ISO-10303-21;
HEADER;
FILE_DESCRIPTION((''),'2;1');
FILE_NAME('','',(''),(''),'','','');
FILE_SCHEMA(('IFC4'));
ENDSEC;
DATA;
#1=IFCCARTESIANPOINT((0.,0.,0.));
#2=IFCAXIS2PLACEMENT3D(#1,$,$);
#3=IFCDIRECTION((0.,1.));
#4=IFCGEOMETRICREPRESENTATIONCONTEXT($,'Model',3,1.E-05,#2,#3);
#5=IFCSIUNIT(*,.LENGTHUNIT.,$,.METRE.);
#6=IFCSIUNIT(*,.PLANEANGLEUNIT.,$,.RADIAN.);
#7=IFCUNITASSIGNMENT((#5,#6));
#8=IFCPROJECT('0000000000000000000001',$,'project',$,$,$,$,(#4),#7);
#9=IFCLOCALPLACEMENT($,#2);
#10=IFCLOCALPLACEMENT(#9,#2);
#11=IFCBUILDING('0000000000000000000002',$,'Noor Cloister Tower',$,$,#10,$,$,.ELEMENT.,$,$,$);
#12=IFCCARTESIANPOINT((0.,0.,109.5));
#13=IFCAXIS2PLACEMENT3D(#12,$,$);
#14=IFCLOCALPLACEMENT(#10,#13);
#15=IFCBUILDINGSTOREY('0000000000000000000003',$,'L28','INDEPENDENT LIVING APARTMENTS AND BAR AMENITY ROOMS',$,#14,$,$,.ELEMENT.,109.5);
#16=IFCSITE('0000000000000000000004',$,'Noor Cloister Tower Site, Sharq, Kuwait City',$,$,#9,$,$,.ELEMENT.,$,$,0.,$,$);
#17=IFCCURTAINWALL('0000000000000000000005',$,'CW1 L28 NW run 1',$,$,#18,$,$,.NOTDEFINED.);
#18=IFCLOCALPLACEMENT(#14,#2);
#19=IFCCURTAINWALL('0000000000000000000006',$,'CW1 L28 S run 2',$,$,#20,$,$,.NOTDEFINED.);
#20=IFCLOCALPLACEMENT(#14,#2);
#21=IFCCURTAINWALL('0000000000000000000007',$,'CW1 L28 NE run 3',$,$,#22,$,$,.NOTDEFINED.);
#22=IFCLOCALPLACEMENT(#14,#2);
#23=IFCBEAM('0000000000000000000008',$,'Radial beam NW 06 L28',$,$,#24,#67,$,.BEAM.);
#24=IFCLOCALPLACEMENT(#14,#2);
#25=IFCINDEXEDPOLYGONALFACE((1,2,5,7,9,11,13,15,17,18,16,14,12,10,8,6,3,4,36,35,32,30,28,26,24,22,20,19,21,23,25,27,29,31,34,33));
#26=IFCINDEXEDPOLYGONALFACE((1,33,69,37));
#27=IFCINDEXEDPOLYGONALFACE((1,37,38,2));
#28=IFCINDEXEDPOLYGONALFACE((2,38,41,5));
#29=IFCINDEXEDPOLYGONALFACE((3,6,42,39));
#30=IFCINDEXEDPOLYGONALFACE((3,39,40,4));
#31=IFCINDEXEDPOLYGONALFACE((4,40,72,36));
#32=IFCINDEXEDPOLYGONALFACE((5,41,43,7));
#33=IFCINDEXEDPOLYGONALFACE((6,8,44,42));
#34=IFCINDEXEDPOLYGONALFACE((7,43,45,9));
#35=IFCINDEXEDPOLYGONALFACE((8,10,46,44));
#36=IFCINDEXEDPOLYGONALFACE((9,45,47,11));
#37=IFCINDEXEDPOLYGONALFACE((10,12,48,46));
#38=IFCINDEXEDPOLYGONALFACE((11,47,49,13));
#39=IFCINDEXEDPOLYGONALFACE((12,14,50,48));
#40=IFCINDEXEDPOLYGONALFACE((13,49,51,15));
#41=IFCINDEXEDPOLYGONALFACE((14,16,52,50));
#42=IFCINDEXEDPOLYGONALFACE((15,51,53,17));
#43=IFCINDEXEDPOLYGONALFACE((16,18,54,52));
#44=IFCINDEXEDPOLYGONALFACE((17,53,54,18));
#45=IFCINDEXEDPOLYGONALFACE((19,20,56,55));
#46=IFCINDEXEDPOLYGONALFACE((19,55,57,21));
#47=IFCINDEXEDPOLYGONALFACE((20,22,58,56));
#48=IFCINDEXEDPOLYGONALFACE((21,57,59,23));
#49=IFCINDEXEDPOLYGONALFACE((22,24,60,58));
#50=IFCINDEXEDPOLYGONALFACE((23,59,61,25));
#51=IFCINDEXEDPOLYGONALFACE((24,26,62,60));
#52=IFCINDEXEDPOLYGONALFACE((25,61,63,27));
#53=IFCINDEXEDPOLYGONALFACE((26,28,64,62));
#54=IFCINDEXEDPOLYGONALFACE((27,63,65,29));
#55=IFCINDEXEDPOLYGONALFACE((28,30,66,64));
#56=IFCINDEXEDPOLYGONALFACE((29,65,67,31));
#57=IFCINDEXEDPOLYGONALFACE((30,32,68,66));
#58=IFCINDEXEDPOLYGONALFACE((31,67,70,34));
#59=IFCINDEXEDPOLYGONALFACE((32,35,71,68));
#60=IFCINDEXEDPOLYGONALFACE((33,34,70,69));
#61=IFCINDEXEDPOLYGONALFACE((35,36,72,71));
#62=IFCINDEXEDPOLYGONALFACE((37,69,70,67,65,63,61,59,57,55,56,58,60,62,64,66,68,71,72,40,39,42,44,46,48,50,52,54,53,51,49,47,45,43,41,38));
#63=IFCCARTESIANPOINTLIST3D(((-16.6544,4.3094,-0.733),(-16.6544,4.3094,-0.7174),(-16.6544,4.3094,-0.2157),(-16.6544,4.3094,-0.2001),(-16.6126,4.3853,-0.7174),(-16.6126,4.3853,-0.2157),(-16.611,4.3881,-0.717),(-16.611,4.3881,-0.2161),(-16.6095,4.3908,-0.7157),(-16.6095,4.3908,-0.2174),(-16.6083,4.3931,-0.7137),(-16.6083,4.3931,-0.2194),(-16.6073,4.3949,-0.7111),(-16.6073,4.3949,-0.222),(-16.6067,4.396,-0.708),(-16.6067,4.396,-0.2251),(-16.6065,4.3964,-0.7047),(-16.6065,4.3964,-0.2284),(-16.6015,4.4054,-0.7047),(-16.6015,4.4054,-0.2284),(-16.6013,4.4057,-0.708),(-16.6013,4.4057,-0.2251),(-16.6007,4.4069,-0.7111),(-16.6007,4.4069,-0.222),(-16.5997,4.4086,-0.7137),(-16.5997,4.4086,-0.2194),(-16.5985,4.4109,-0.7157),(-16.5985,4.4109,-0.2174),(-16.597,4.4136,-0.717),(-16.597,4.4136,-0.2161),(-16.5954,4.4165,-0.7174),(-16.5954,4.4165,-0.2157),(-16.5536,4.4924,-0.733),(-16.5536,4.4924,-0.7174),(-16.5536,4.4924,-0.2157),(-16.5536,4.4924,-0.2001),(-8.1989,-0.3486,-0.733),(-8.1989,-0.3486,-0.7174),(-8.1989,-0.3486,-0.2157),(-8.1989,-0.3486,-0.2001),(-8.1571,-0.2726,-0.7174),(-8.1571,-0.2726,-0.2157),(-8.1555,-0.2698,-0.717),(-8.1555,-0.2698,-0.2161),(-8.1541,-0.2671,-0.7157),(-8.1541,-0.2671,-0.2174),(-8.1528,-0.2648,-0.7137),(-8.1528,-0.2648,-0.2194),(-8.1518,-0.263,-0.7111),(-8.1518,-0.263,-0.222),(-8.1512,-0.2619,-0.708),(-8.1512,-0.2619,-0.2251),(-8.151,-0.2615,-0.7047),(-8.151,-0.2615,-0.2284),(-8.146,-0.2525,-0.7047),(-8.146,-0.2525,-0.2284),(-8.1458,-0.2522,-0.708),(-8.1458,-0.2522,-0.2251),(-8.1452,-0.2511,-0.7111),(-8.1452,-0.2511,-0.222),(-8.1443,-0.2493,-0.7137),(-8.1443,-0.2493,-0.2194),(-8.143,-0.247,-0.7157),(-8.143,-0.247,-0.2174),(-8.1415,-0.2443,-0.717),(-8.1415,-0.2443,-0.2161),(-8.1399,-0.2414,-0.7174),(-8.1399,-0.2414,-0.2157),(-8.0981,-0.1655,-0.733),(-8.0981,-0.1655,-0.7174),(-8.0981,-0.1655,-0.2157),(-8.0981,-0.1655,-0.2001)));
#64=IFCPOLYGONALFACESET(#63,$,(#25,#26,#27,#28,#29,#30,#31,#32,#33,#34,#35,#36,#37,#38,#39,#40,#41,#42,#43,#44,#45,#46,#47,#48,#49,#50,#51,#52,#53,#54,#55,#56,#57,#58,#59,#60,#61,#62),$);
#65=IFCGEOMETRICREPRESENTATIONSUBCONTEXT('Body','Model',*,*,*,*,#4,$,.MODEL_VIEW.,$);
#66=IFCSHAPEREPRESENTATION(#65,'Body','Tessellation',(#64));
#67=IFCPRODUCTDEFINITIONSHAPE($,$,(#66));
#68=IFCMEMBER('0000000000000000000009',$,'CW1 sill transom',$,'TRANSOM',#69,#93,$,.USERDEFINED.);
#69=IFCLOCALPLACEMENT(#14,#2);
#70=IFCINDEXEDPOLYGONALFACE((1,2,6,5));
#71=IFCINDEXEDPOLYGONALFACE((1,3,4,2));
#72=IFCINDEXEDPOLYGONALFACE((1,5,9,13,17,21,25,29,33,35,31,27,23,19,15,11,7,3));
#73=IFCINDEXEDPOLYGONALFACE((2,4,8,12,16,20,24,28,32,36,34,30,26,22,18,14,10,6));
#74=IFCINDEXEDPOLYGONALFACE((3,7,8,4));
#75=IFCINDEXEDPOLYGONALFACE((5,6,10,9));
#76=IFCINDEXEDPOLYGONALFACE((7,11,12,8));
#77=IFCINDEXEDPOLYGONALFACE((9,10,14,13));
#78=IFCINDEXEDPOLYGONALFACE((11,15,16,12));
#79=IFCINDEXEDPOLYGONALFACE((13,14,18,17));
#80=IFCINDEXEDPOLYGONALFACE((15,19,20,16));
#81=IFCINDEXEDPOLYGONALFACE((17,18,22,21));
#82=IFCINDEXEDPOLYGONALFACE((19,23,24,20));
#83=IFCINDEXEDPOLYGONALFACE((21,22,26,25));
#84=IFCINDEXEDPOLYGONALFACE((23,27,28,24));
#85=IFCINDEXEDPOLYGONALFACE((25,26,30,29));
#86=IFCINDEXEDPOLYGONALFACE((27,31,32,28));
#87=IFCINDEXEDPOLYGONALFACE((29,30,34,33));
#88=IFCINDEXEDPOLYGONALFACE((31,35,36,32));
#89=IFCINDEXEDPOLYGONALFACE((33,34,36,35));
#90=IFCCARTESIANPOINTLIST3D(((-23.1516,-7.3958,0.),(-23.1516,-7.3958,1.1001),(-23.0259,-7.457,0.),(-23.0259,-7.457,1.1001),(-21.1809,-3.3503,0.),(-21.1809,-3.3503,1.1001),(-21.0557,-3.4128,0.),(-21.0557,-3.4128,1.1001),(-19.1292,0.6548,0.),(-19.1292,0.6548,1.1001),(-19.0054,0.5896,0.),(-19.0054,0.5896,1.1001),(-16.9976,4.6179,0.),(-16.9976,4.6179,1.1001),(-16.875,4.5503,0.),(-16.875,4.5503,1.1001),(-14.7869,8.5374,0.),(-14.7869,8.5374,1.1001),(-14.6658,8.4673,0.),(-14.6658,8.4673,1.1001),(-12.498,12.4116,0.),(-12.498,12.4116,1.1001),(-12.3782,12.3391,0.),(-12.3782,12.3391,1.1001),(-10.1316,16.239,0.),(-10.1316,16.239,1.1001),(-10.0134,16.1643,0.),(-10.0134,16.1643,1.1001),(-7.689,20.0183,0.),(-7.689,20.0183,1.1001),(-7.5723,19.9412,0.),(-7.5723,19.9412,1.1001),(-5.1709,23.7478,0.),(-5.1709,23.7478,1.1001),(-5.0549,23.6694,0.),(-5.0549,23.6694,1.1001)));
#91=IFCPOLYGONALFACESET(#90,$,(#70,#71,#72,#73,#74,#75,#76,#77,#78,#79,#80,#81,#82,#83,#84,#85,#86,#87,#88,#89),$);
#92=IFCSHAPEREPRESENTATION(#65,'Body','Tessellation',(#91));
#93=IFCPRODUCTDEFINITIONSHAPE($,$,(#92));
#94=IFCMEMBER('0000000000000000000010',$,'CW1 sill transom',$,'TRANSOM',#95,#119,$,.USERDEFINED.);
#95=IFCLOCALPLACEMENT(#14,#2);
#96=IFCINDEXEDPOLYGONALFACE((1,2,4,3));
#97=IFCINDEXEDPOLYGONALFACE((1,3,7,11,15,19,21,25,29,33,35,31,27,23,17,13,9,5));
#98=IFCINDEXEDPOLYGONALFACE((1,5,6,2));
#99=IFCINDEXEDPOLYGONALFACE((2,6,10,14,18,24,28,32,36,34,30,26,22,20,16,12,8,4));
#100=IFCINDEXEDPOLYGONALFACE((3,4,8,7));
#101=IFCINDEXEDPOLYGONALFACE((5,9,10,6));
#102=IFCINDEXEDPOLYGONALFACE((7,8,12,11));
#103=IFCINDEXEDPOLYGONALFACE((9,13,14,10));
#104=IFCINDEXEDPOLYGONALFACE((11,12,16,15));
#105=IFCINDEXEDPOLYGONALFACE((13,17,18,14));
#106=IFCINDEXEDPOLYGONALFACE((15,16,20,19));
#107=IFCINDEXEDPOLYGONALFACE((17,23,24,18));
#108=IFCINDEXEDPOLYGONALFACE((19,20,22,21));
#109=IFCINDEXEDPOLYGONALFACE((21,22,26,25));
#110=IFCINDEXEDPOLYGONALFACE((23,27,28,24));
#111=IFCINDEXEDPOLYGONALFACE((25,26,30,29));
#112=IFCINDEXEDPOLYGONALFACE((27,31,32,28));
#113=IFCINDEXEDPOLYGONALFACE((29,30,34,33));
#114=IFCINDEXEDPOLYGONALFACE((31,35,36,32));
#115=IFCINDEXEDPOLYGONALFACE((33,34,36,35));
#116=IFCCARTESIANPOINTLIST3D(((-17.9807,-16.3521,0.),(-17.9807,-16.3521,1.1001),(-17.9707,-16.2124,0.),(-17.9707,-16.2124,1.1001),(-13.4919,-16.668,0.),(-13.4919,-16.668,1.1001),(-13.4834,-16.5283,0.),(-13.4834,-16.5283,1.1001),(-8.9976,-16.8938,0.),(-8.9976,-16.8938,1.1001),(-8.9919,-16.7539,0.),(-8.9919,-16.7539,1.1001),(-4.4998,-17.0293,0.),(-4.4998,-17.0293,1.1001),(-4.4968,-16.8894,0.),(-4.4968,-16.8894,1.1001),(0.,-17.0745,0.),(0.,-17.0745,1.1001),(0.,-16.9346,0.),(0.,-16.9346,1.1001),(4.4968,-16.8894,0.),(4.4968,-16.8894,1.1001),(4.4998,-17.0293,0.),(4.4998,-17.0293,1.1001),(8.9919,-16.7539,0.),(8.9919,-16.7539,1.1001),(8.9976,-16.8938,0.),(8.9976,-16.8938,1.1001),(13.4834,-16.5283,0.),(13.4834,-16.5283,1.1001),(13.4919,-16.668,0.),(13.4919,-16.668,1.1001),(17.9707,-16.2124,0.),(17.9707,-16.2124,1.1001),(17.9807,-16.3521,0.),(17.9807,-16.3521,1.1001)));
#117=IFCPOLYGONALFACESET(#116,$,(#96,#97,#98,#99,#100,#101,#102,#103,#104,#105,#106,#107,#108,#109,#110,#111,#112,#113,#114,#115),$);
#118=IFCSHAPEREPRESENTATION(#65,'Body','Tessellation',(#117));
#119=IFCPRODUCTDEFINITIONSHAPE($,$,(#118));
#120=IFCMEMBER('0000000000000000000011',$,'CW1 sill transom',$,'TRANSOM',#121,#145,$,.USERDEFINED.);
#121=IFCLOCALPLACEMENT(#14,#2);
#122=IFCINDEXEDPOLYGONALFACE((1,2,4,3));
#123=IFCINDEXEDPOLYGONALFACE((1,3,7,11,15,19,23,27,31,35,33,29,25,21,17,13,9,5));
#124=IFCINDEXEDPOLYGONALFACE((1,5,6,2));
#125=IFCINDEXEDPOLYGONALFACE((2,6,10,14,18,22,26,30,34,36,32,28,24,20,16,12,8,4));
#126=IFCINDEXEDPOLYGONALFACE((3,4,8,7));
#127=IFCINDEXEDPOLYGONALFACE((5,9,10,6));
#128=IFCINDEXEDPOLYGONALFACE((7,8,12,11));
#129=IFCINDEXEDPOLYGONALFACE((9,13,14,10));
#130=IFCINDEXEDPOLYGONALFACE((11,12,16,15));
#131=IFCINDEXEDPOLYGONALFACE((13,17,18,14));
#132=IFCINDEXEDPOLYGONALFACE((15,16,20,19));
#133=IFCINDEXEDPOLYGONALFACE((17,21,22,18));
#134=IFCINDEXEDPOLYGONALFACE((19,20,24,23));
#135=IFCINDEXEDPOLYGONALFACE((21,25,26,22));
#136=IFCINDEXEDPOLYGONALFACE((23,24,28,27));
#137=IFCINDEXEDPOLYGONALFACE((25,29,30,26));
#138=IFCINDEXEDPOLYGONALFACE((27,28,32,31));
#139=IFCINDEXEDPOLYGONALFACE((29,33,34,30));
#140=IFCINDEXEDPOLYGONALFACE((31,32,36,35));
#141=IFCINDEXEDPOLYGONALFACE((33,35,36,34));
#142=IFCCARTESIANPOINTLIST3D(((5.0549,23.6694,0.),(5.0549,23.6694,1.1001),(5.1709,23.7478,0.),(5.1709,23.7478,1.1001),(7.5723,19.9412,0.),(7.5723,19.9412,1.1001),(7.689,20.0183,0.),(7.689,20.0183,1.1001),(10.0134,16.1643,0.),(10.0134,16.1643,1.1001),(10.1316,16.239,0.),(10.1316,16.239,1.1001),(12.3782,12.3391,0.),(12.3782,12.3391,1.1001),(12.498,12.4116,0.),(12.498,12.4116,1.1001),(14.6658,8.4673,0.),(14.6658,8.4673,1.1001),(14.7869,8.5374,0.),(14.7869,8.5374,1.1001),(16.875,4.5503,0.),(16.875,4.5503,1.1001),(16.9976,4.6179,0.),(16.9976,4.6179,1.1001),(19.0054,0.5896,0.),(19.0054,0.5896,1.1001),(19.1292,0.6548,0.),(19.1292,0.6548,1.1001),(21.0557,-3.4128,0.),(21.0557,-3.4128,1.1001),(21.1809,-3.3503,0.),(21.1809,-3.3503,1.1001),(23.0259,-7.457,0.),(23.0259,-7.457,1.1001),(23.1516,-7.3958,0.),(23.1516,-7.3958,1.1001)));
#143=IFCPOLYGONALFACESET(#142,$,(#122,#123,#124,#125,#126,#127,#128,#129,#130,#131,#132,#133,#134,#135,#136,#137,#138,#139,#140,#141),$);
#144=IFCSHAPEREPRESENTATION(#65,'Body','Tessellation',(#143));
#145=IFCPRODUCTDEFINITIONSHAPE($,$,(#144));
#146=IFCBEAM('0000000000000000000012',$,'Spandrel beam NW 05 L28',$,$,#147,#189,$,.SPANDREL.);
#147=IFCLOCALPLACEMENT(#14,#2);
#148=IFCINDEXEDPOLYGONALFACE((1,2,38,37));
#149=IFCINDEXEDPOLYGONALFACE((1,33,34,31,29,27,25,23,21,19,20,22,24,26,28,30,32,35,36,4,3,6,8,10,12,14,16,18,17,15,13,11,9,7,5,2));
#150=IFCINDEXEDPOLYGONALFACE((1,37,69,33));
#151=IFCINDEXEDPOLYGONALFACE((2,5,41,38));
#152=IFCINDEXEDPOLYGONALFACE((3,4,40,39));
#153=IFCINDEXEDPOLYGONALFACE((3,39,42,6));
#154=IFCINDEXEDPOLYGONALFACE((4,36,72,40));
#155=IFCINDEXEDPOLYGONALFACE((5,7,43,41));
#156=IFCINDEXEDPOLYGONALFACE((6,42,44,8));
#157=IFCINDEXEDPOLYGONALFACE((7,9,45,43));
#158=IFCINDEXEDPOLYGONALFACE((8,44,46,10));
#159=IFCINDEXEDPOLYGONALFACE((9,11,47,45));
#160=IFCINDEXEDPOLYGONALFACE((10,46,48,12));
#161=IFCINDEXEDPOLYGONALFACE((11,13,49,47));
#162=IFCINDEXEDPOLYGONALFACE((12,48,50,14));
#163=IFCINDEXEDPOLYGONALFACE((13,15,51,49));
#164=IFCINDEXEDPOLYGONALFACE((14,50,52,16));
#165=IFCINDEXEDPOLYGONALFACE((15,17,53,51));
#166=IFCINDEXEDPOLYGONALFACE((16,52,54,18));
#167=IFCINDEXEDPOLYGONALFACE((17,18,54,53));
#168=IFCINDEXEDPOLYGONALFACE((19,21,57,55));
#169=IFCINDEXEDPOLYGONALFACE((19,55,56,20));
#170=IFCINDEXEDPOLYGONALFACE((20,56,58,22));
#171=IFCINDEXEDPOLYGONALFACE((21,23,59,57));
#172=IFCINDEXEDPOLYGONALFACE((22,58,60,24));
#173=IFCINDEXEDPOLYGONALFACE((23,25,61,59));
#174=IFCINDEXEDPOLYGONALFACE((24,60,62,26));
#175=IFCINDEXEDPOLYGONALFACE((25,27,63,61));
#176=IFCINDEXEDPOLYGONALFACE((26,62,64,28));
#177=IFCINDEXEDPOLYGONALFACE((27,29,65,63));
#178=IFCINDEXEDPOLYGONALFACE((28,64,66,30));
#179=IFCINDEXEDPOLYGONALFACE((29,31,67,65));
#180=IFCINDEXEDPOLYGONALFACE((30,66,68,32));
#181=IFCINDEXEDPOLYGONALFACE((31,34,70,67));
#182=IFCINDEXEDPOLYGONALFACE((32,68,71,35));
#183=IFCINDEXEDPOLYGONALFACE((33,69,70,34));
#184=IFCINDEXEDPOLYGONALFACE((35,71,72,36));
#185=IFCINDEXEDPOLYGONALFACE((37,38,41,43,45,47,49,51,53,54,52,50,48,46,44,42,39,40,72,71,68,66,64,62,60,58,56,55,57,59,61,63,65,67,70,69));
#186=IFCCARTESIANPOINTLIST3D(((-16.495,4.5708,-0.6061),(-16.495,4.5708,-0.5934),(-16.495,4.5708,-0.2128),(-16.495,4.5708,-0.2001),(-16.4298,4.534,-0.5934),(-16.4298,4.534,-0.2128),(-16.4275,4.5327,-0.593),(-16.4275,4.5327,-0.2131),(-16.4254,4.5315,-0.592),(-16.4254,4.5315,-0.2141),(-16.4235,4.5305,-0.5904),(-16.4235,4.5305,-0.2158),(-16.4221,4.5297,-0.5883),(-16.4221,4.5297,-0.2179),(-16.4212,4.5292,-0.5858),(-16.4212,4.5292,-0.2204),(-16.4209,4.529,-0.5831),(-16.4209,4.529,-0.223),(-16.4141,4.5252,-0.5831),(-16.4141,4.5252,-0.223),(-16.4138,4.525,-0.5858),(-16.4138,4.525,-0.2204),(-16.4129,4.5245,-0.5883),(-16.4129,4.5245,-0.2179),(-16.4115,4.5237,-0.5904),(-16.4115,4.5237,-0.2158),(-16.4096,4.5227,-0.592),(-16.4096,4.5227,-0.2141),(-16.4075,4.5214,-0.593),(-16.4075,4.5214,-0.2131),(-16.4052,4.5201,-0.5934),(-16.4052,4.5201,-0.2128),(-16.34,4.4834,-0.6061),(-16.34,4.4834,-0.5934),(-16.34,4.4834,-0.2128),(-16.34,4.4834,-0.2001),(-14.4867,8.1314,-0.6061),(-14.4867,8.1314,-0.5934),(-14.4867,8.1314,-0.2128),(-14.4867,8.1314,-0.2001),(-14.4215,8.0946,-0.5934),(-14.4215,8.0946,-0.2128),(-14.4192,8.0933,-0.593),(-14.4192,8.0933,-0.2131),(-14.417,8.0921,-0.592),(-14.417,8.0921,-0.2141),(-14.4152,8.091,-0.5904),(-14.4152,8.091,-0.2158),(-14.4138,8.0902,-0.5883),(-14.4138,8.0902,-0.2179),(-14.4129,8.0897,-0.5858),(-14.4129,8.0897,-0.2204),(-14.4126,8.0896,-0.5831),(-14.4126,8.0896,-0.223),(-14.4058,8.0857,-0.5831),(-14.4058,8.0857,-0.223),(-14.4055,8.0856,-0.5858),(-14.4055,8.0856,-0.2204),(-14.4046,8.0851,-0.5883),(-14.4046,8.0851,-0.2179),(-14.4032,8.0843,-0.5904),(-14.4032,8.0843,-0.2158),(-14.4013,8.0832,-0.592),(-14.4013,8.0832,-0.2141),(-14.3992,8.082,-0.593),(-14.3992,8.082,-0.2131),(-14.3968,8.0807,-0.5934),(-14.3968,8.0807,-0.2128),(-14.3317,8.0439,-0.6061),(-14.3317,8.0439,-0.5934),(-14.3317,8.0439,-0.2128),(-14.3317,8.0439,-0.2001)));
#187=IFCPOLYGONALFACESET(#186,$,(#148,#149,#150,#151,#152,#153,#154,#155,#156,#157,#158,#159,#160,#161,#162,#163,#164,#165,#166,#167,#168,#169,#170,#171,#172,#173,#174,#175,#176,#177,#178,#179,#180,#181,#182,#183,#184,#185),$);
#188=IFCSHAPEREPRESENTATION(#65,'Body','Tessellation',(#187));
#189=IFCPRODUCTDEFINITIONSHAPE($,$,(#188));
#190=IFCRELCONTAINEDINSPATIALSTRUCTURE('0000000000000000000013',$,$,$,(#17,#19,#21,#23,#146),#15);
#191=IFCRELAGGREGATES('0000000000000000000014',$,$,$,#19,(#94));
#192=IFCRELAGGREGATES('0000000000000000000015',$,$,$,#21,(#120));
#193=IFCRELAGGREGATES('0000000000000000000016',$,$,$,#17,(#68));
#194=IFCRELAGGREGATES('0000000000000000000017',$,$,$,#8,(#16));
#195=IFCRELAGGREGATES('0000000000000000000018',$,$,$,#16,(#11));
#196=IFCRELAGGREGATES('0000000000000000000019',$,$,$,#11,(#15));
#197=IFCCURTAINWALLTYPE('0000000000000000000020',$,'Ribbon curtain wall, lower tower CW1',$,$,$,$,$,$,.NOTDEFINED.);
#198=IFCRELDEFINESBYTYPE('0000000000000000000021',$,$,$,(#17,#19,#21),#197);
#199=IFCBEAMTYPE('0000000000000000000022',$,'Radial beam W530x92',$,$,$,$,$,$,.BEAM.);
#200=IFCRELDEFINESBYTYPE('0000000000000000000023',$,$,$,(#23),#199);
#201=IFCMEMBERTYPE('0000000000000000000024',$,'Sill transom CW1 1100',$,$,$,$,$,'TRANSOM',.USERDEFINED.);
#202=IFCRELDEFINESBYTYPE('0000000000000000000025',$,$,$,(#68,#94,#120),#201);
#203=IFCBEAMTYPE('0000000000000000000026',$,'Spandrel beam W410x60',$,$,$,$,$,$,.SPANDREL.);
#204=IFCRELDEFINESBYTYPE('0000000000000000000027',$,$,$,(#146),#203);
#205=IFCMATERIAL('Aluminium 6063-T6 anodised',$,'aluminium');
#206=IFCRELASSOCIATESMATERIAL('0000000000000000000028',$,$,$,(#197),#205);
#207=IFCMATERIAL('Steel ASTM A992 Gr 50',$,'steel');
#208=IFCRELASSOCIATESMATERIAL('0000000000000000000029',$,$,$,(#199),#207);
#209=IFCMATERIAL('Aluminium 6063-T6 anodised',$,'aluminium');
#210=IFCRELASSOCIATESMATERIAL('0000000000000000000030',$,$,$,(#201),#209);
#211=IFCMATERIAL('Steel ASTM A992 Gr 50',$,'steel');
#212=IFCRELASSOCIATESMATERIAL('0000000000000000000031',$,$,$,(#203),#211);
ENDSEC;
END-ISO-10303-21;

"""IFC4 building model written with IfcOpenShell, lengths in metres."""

from ifc_helpers import new_model, si_unit, direction, frame, origin, origin_2d, place, context, subcontext, project, spatial, polyline, i_section, outline, extrude, material, material_profile, profile_set, type_object, element, aggregate, save


model = new_model("IFC4")

# Units and contexts
model_context = context("Model", 3, precision=1e-05, world=origin(), true_north=direction((0.0, 1.0)))
body_context = subcontext(model_context, "Body", "Model", "MODEL_VIEW")
ifc_project = project(units=[si_unit("LENGTHUNIT", "METRE"), si_unit("PLANEANGLEUNIT", "RADIAN")], contexts=[model_context])

# Site, building, storey
site_placement = place(None, origin())
site = spatial("IfcSite", under=ifc_project, at=site_placement, Name="Noor Cloister Tower Site, Sharq, Kuwait City", CompositionType="ELEMENT", RefElevation=0.0)
building_placement = place(site_placement, origin())
building = spatial("IfcBuilding", under=site, at=building_placement, Name="Noor Cloister Tower", CompositionType="ELEMENT")
storey_placement = place(building_placement, frame((0.0, 0.0, 109.5)))
storey = spatial("IfcBuildingStorey", under=building, at=storey_placement, Name="L28", Description="INDEPENDENT LIVING APARTMENTS AND BAR AMENITY ROOMS", CompositionType="ELEMENT", Elevation=109.5)

# Curtain walls
ifc_material_1 = material(Name="Aluminium 6063-T6 anodised", Category="aluminium")
curtain_wall_type = type_object("IfcCurtainWallType", Name="Ribbon curtain wall, lower tower CW1", PredefinedType="NOTDEFINED", material=ifc_material_1)
curtain_wall_1_placement = place(storey_placement, origin())
curtain_wall_1 = element("IfcCurtainWall", 1, at=curtain_wall_1_placement, inside=storey, type_object=curtain_wall_type, Name="CW1 L28 NW run 1", PredefinedType="NOTDEFINED")
curtain_wall_2_placement = place(storey_placement, origin())
curtain_wall_2 = element("IfcCurtainWall", 2, at=curtain_wall_2_placement, inside=storey, type_object=curtain_wall_type, Name="CW1 L28 S run 2", PredefinedType="NOTDEFINED")
curtain_wall_3_placement = place(storey_placement, origin())
curtain_wall_3 = element("IfcCurtainWall", 3, at=curtain_wall_3_placement, inside=storey, type_object=curtain_wall_type, Name="CW1 L28 NE run 3", PredefinedType="NOTDEFINED")

# Beam
ifc_material_2 = material(Name="Steel ASTM A992 Gr 50", Category="steel")
ifc_material_profile_1 = material_profile(ifc_material_2, i_section(OverallWidth=0.209, OverallDepth=0.533, WebThickness=0.0103, FlangeThickness=0.0156, FilletRadius=0.0127, at=origin_2d()), Name="W530x92")
ifc_profile_set_1 = profile_set([ifc_material_profile_1], Name="Steel ASTM A992 Gr 50")
beam_type_1 = type_object("IfcBeamType", Name="Radial beam W530x92", PredefinedType="BEAM", material=ifc_profile_set_1)
beam_1_placement = place(storey_placement, frame((-16.604, 4.4009, -0.4666), z_axis=(0.875892, -0.482507, 0.0), x_axis=(0.482507, 0.875892, 0.0)))
element("IfcBeam", 4, at=beam_1_placement, inside=storey, type_object=beam_type_1, Name="Radial beam NW 06 L28", PredefinedType="BEAM", context=body_context, shape_type="SweptSolid", body=[
    extrude(i_section(OverallWidth=0.209, OverallDepth=0.533, WebThickness=0.0103, FlangeThickness=0.0156, FilletRadius=0.0127, at=origin_2d()), origin(), (0.0, 0.0, 1.0), 9.6536),
])

# Members
ifc_material_3 = material(Name="Aluminium 6063-T6 anodised", Category="aluminium")
member_type_1 = type_object("IfcMemberType", Name="Sill transom CW1 1100", ElementType="TRANSOM", PredefinedType="USERDEFINED", material=ifc_material_3)
member_1_placement = place(storey_placement, origin())
member_1 = element("IfcMember", 5, at=member_1_placement, type_object=member_type_1, Name="CW1 sill transom", ObjectType="TRANSOM", PredefinedType="USERDEFINED", context=body_context, shape_type="SweptSolid", body=[
    extrude(outline(polyline([(-5.1709, 23.7478), (-7.689, 20.0183), (-10.1316, 16.239), (-12.498, 12.4116), (-14.7869, 8.5374), (-16.9976, 4.6179), (-19.1292, 0.6548), (-21.1809, -3.3503), (-23.1516, -7.3958), (-23.0259, -7.457), (-21.0557, -3.4128), (-19.0054, 0.5896), (-16.875, 4.5503), (-14.6658, 8.4673), (-12.3782, 12.3391), (-10.0134, 16.1643), (-7.5723, 19.9412), (-5.0549, 23.6694), (-5.1709, 23.7478)])), origin(), (0.0, 0.0, 1.0), 1.1001),
])
member_2_placement = place(storey_placement, origin())
member_2 = element("IfcMember", 6, at=member_2_placement, type_object=member_type_1, Name="CW1 sill transom", ObjectType="TRANSOM", PredefinedType="USERDEFINED", context=body_context, shape_type="SweptSolid", body=[
    extrude(outline(polyline([(-17.9807, -16.3521), (-13.4919, -16.668), (-8.9976, -16.8938), (-4.4998, -17.0293), (0.0, -17.0745), (4.4998, -17.0293), (8.9976, -16.8938), (13.4919, -16.668), (17.9807, -16.3521), (17.9707, -16.2124), (13.4834, -16.5283), (8.9919, -16.7539), (4.4968, -16.8894), (0.0, -16.9346), (-4.4968, -16.8894), (-8.9919, -16.7539), (-13.4834, -16.5283), (-17.9707, -16.2124), (-17.9807, -16.3521)])), origin(), (0.0, 0.0, 1.0), 1.1001),
])
aggregate(curtain_wall_2, [member_2])
member_3_placement = place(storey_placement, origin())
member_3 = element("IfcMember", 7, at=member_3_placement, type_object=member_type_1, Name="CW1 sill transom", ObjectType="TRANSOM", PredefinedType="USERDEFINED", context=body_context, shape_type="SweptSolid", body=[
    extrude(outline(polyline([(23.1516, -7.3958), (21.1809, -3.3503), (19.1292, 0.6548), (16.9976, 4.6179), (14.7869, 8.5374), (12.498, 12.4116), (10.1316, 16.239), (7.689, 20.0183), (5.1709, 23.7478), (5.0549, 23.6694), (7.5723, 19.9412), (10.0134, 16.1643), (12.3782, 12.3391), (14.6658, 8.4673), (16.875, 4.5503), (19.0054, 0.5896), (21.0557, -3.4128), (23.0259, -7.457), (23.1516, -7.3958)])), origin(), (0.0, 0.0, 1.0), 1.1001),
])
aggregate(curtain_wall_3, [member_3])

# Beam
ifc_material_4 = material(Name="Steel ASTM A992 Gr 50", Category="steel")
ifc_material_profile_2 = material_profile(ifc_material_4, i_section(OverallWidth=0.178, OverallDepth=0.406, WebThickness=0.0078, FlangeThickness=0.0127, FilletRadius=0.0103, at=origin_2d()), Name="W410x60")
ifc_profile_set_2 = profile_set([ifc_material_profile_2], Name="Steel ASTM A992 Gr 50")
beam_type_2 = type_object("IfcBeamType", Name="Spandrel beam W410x60", PredefinedType="SPANDREL", material=ifc_profile_set_2)
for number, where, z_axis, x_axis, name in (
    (8, (-14.4092, 8.0876, -0.4031), (-0.491282, -0.871001, 0.0), (0.871001, -0.491282, 0.0), "Spandrel beam NW 05 L28"),
):
    element("IfcBeam", number, at=place(storey_placement, frame(where, z_axis=z_axis, x_axis=x_axis)), inside=storey, type_object=beam_type_2, Name=name, PredefinedType="SPANDREL", context=body_context, shape_type="SweptSolid", body=[
        extrude(i_section(OverallWidth=0.178, OverallDepth=0.406, WebThickness=0.0078, FlangeThickness=0.0127, FilletRadius=0.0103, at=origin_2d()), origin(), (0.0, 0.0, 1.0), 4.0879),
    ])

aggregate(curtain_wall_1, [member_1])

save(model, "model.ifc")
